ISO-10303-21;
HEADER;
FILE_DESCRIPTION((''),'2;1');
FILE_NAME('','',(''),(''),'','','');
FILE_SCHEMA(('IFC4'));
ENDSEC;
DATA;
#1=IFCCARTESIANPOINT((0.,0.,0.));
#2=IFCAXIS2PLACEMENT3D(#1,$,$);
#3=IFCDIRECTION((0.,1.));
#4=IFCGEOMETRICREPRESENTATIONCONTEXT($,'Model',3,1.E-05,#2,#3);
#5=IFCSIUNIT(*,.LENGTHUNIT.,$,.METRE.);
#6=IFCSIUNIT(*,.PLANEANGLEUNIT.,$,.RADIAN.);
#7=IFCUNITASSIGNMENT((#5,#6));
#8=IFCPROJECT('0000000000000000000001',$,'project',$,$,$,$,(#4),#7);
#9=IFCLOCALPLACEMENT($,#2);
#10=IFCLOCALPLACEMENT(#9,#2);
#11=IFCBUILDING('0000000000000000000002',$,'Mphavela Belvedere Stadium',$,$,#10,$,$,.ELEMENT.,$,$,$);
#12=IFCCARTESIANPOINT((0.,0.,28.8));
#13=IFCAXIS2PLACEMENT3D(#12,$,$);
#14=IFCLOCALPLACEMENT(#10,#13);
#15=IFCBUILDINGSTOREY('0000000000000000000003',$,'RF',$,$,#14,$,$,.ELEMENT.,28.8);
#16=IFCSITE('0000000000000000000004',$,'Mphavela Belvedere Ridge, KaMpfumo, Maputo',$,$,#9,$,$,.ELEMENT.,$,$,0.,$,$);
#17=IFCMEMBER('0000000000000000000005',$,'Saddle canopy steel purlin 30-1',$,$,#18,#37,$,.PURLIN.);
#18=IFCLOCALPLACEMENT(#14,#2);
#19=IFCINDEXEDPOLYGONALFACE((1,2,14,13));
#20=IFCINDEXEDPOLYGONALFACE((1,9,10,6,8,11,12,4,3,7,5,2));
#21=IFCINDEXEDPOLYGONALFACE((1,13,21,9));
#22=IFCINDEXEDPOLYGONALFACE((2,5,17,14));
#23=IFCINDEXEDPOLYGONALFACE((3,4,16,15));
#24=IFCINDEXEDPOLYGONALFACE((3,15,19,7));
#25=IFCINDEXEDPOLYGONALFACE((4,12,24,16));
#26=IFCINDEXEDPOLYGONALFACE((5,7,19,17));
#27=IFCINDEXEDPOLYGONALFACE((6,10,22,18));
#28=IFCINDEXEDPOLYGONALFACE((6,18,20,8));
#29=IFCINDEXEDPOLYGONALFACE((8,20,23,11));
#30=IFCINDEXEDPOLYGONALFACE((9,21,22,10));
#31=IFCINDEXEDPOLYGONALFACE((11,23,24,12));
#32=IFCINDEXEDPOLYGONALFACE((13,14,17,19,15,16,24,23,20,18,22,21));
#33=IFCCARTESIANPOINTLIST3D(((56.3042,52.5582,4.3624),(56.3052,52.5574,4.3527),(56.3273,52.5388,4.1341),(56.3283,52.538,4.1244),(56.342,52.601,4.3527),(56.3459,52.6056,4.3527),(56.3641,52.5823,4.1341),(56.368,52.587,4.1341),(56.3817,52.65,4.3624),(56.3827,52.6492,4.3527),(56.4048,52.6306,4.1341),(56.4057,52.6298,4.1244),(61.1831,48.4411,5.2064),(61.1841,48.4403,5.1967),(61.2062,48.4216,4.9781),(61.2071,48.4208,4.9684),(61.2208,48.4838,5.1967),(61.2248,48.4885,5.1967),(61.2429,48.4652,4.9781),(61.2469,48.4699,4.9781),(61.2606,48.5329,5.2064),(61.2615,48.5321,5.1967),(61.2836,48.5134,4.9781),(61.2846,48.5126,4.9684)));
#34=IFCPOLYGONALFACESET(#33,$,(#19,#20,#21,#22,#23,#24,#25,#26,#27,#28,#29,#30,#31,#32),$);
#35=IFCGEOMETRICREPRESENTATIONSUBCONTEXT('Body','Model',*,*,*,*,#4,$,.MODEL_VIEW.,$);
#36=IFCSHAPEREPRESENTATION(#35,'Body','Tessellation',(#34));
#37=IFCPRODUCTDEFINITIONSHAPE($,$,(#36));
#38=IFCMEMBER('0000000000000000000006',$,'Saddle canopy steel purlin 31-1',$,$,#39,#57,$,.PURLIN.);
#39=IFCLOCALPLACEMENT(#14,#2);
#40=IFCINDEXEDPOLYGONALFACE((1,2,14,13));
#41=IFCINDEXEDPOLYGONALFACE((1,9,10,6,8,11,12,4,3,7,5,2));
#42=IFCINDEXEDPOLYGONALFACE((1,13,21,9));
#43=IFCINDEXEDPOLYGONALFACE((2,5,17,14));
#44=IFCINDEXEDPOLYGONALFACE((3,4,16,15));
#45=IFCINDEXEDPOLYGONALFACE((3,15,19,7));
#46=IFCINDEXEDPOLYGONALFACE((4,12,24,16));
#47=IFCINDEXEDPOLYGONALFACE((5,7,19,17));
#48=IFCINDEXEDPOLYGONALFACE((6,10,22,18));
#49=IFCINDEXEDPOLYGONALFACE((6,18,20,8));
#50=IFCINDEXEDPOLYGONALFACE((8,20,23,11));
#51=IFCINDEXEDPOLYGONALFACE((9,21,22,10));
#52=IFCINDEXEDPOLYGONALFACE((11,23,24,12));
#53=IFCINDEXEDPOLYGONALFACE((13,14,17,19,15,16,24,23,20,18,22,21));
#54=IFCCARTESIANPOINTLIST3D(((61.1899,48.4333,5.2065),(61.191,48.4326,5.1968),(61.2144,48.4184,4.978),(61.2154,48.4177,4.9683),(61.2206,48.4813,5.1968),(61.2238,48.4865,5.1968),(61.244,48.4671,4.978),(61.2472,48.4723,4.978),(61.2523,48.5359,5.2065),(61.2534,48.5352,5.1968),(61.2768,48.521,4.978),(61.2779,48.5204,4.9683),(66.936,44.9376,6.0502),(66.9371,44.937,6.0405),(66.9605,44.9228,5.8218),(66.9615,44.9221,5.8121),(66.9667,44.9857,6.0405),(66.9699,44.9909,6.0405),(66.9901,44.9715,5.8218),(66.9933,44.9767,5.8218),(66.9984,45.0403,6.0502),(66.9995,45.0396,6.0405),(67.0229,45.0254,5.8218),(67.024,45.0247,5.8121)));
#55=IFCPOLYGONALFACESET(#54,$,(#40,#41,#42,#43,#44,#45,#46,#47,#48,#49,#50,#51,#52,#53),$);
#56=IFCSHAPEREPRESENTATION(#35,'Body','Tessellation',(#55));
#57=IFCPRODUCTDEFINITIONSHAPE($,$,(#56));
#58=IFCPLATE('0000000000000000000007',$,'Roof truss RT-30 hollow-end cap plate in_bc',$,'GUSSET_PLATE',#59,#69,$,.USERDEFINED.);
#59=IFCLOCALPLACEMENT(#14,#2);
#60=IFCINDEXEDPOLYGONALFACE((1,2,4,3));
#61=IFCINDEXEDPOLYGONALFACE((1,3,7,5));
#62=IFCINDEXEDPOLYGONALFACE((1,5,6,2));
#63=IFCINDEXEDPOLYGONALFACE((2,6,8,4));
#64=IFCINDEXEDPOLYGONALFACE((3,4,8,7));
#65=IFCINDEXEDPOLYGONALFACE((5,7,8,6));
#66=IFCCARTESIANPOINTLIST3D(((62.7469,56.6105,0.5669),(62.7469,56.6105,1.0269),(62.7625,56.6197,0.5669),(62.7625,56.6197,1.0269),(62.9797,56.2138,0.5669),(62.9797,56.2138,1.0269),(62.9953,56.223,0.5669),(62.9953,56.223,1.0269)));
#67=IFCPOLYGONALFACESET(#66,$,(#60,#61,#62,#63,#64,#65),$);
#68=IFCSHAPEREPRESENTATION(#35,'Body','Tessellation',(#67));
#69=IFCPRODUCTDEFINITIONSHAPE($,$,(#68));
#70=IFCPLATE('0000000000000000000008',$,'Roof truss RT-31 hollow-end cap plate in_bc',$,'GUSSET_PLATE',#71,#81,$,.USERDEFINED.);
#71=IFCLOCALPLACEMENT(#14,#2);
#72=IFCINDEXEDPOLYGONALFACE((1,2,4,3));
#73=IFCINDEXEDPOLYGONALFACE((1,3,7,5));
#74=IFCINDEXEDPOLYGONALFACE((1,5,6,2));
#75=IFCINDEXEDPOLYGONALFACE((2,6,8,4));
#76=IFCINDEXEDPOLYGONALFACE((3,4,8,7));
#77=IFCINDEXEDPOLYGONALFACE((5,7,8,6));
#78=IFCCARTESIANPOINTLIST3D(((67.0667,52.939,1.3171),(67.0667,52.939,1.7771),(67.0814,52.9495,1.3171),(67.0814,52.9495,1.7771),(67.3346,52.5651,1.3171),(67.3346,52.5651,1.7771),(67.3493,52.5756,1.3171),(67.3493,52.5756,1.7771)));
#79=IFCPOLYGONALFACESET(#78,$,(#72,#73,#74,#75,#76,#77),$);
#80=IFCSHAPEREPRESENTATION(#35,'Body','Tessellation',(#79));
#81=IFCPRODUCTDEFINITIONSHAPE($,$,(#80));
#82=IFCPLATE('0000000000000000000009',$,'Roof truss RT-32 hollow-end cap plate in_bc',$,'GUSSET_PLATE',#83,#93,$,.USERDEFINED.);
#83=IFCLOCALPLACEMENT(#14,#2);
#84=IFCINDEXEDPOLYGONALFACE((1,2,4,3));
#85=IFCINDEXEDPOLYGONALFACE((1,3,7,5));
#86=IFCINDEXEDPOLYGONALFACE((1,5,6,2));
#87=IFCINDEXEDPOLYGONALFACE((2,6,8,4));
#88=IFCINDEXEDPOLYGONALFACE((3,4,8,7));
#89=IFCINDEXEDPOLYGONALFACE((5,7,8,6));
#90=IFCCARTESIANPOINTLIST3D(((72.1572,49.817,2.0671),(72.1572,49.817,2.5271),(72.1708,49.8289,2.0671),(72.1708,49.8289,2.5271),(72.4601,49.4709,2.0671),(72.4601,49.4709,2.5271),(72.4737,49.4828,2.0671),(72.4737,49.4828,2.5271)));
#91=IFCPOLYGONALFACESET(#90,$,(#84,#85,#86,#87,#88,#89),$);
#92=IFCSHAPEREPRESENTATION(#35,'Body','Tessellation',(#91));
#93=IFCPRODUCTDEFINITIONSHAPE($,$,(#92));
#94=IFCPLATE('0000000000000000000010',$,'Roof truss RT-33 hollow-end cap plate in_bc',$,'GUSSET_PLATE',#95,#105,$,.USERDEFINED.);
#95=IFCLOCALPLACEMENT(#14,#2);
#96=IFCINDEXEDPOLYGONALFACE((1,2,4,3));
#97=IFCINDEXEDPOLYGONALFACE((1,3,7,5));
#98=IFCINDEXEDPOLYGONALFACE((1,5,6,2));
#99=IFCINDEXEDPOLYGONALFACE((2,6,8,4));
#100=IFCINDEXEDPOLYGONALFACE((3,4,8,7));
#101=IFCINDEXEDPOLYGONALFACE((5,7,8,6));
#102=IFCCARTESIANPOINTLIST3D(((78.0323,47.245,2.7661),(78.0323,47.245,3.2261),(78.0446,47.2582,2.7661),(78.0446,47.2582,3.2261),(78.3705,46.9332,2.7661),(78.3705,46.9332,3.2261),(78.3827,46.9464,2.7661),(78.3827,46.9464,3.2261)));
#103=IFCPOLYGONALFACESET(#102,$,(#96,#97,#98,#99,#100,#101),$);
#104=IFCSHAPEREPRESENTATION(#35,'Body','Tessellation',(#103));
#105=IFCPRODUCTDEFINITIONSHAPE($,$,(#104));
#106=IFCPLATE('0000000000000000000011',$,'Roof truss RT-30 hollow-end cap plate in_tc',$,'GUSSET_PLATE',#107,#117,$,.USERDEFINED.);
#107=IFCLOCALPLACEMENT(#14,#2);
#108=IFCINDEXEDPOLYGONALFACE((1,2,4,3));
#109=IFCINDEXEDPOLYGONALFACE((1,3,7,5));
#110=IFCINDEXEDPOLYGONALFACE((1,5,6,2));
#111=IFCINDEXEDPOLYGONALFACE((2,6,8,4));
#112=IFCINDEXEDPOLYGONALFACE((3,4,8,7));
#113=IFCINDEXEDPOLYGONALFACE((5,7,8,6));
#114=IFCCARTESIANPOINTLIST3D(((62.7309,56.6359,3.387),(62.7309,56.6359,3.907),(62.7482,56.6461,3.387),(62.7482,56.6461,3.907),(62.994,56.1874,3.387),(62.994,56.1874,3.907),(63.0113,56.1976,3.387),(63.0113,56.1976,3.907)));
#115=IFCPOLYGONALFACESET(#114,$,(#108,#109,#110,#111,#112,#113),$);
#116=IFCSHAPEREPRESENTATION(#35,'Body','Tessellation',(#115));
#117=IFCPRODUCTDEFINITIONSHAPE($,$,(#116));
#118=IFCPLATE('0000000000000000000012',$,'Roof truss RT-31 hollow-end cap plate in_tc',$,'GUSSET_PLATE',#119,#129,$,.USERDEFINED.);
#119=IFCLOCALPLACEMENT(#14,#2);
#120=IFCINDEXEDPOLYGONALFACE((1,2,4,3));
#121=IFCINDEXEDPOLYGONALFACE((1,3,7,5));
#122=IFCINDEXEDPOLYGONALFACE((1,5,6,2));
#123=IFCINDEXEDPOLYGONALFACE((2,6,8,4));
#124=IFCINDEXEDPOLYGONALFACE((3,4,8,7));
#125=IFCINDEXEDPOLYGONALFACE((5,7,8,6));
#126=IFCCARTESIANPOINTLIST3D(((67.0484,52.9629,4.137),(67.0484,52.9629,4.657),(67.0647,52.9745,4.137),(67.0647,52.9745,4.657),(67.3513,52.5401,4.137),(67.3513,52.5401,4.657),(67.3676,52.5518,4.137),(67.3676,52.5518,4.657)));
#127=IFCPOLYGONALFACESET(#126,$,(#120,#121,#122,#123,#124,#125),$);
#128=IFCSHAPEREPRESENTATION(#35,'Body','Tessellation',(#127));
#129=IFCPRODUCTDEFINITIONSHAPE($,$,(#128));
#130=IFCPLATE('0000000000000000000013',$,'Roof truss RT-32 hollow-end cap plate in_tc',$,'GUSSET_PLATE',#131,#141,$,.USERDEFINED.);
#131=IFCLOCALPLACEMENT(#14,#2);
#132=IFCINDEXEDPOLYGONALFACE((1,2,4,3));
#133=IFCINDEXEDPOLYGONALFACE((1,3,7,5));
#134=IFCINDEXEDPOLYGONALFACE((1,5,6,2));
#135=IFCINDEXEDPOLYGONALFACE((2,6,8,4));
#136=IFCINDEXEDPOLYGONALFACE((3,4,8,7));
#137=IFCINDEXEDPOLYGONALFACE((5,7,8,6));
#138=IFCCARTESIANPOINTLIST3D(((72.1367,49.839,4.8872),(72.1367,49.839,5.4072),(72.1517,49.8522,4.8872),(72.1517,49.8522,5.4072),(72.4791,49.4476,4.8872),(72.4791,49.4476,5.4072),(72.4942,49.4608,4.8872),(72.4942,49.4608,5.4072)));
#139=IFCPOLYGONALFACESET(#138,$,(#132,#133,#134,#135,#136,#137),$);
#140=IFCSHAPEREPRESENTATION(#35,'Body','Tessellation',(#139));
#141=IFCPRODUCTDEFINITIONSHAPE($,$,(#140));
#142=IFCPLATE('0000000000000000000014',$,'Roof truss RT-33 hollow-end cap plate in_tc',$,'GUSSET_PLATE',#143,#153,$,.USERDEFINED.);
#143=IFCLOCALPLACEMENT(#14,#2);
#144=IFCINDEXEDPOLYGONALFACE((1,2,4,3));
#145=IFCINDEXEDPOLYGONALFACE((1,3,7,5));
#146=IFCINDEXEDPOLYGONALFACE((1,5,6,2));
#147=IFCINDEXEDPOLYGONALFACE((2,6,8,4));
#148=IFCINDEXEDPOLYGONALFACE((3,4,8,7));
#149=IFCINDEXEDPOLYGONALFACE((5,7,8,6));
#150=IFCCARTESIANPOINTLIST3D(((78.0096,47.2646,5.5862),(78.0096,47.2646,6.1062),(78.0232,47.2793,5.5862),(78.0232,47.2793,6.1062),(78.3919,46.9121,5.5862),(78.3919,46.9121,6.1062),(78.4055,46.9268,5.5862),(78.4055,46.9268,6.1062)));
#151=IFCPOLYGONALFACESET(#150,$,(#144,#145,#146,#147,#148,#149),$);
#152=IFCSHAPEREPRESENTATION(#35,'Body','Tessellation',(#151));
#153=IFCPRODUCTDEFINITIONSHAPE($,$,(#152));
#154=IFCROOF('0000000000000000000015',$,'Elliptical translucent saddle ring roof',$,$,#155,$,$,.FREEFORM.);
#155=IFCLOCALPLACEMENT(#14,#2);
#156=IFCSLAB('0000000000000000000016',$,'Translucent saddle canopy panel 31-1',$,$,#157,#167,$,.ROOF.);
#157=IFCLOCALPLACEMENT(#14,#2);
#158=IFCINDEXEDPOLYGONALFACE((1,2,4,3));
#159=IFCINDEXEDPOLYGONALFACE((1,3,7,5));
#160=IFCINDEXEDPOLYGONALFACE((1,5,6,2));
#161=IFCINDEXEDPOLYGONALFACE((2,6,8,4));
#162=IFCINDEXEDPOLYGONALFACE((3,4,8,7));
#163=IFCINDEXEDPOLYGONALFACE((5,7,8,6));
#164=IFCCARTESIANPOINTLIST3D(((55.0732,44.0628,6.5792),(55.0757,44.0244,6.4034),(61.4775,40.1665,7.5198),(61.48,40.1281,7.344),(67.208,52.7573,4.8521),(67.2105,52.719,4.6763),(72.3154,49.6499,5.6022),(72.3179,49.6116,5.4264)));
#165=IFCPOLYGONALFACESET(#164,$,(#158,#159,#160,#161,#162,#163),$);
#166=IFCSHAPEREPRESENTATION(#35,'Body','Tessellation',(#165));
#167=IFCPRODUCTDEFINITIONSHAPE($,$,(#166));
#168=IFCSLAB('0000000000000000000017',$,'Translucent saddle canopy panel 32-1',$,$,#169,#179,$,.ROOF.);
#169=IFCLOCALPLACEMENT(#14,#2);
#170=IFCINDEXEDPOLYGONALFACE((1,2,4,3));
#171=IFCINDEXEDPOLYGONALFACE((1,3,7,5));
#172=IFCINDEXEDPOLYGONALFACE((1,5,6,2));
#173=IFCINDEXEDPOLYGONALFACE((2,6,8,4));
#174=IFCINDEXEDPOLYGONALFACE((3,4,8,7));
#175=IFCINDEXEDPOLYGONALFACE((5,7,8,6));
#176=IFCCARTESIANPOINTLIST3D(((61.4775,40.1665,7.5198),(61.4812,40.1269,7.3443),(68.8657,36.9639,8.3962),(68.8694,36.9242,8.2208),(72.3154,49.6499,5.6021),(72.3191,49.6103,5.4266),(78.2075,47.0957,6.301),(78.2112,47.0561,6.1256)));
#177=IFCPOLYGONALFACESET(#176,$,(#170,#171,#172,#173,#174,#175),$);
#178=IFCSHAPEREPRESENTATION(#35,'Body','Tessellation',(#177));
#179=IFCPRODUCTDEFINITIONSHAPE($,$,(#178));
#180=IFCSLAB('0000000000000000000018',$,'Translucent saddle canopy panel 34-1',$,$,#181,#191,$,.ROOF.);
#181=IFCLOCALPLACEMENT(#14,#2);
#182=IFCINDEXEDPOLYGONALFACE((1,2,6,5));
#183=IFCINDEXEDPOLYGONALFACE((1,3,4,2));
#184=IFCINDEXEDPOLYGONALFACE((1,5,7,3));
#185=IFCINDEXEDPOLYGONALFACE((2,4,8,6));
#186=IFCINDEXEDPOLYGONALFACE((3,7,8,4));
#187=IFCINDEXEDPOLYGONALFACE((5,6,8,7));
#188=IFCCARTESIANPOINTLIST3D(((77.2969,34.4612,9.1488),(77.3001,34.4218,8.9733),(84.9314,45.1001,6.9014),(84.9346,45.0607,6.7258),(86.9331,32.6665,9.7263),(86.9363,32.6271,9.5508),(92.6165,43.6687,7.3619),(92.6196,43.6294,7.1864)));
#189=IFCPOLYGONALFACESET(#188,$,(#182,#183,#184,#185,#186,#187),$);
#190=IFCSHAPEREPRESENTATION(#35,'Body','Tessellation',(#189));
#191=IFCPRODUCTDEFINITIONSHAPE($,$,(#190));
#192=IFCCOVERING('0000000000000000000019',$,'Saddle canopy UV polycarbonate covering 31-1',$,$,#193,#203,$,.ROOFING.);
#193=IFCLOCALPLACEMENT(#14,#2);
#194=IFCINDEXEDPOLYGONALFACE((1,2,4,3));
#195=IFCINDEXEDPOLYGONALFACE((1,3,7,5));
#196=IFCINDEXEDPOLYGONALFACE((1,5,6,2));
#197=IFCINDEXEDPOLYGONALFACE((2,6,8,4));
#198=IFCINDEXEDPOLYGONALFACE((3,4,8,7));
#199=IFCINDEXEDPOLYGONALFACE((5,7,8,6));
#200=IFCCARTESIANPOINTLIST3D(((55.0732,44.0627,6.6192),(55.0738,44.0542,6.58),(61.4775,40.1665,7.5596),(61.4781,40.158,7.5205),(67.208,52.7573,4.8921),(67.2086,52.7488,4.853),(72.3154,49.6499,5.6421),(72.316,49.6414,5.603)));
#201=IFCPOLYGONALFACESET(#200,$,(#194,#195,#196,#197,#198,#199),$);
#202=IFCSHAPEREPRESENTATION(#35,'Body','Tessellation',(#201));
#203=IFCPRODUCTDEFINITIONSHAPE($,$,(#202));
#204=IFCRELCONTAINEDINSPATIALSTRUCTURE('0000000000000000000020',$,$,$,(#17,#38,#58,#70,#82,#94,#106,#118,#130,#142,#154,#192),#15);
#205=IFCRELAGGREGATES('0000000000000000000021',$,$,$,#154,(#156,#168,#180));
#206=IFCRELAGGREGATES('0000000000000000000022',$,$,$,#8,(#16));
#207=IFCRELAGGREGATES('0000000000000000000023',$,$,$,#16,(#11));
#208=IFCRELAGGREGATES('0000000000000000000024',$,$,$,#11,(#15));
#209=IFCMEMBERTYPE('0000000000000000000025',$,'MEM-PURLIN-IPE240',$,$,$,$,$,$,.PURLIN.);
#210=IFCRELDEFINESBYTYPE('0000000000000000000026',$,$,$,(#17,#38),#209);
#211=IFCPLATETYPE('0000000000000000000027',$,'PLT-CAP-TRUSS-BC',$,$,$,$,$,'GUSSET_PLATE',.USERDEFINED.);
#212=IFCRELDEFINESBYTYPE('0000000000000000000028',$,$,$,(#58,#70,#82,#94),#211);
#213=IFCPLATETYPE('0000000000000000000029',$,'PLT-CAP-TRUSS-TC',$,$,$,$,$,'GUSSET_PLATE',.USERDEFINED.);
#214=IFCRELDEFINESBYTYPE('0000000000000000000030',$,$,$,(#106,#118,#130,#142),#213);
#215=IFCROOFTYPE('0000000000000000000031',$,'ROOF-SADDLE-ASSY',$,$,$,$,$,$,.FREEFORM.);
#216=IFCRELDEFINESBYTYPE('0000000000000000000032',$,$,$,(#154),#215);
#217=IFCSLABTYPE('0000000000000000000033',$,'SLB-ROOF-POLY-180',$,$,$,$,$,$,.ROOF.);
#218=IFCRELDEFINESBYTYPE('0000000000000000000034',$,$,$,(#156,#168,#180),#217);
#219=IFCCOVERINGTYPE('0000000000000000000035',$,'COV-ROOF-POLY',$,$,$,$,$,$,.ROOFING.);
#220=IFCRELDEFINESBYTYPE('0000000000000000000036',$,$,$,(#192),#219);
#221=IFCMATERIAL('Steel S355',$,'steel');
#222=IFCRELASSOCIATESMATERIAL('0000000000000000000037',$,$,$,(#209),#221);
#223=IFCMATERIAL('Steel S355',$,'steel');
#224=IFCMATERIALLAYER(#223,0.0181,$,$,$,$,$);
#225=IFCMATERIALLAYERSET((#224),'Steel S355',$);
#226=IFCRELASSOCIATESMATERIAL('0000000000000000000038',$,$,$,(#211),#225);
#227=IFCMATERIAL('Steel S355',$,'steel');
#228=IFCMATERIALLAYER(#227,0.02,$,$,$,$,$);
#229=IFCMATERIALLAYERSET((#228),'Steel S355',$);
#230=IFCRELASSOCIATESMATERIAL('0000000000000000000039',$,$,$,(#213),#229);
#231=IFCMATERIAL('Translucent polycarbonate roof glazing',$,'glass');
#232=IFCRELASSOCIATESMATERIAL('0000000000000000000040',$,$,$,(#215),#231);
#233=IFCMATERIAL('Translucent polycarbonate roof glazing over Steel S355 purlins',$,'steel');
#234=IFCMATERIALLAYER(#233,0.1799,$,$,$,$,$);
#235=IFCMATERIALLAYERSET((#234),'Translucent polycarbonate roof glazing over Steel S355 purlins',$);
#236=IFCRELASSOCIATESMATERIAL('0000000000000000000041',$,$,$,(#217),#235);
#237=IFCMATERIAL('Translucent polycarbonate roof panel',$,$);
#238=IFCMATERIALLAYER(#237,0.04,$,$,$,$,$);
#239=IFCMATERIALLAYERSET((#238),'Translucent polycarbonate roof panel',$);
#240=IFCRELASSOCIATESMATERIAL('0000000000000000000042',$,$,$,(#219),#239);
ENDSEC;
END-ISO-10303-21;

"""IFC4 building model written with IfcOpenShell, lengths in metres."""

from ifc_helpers import new_model, si_unit, direction, frame, origin, origin_2d, place, context, subcontext, project, spatial, polyline, rectangle, i_section, outline, extrude, material, layer, layer_set, material_profile, profile_set, type_object, element, aggregate, save


model = new_model("IFC4")

# Units and contexts
model_context = context("Model", 3, precision=1e-05, world=origin(), true_north=direction((0.0, 1.0)))
body_context = subcontext(model_context, "Body", "Model", "MODEL_VIEW")
ifc_project = project(units=[si_unit("LENGTHUNIT", "METRE"), si_unit("PLANEANGLEUNIT", "RADIAN")], contexts=[model_context])

# Site, building, storey
site_placement = place(None, origin())
site = spatial("IfcSite", under=ifc_project, at=site_placement, Name="Mphavela Belvedere Ridge, KaMpfumo, Maputo", CompositionType="ELEMENT", RefElevation=0.0)
building_placement = place(site_placement, origin())
building = spatial("IfcBuilding", under=site, at=building_placement, Name="Mphavela Belvedere Stadium", CompositionType="ELEMENT")
storey_placement = place(building_placement, frame((0.0, 0.0, 28.8)))
storey = spatial("IfcBuildingStorey", under=building, at=storey_placement, Name="RF", CompositionType="ELEMENT", Elevation=28.8)

# Members
ifc_material_1 = material(Name="Steel S355", Category="steel")
ifc_material_profile_1 = material_profile(ifc_material_1, i_section(OverallWidth=0.1201, OverallDepth=0.24, WebThickness=0.0061, FlangeThickness=0.0098, at=origin_2d()), Name="IPE 240")
ifc_profile_set_1 = profile_set([ifc_material_profile_1], Name="Steel S355")
member_type_1 = type_object("IfcMemberType", Name="MEM-PURLIN-IPE240", PredefinedType="PURLIN", material=ifc_profile_set_1)
member_1_placement = place(storey_placement, frame((56.355, 52.594, 4.2434), z_axis=(0.757652, -0.639364, 0.131065), x_axis=(0.644927, 0.764244, 0.0)))
element("IfcMember", 1, at=member_1_placement, inside=storey, type_object=member_type_1, Name="Saddle canopy steel purlin 30-1", PredefinedType="PURLIN", context=body_context, shape_type="SweptSolid", body=[
    extrude(i_section(OverallWidth=0.1201, OverallDepth=0.24, WebThickness=0.0061, FlangeThickness=0.0098, at=origin_2d()), origin(), (0.0, 0.0, 1.0), 6.4395),
])
member_2_placement = place(storey_placement, frame((61.2339, 48.4768, 5.0874), z_axis=(0.847688, -0.515686, 0.124473), x_axis=(0.519728, 0.854332, 0.0)))
element("IfcMember", 2, at=member_2_placement, inside=storey, type_object=member_type_1, Name="Saddle canopy steel purlin 31-1", PredefinedType="PURLIN", context=body_context, shape_type="SweptSolid", body=[
    extrude(i_section(OverallWidth=0.1201, OverallDepth=0.24, WebThickness=0.0061, FlangeThickness=0.0098, at=origin_2d()), origin(), (0.0, 0.0, 1.0), 6.7786),
])

# Plates
ifc_material_2 = material(Name="Steel S355", Category="steel")
ifc_layer_1 = layer(ifc_material_2, 0.0181)
ifc_layer_set_1 = layer_set([ifc_layer_1], Name="Steel S355")
plate_type_1 = type_object("IfcPlateType", Name="PLT-CAP-TRUSS-BC", ElementType="GUSSET_PLATE", PredefinedType="USERDEFINED", material=ifc_layer_set_1)
for number, where, z_axis, x_axis, name in (
    (3, (62.8711, 56.4167, 0.5669), (0.0, 0.0, 1.0), (-0.862514, -0.506034, 0.0), "Roof truss RT-30 hollow-end cap plate in_bc"),
    (4, (67.208, 52.7573, 1.3171), (0.0, 0.0, 1.0), (-0.812898, -0.582407, 0.0), "Roof truss RT-31 hollow-end cap plate in_bc"),
    (5, (72.3154, 49.6499, 2.0671), (0.0, 0.0, 1.0), (-0.75253, -0.658558, 0.0), "Roof truss RT-32 hollow-end cap plate in_bc"),
    (6, (78.2075, 47.0957, 2.7661), (0.0, 0.0, 1.0), (-0.677903, -0.735151, 0.0), "Roof truss RT-33 hollow-end cap plate in_bc"),
):
    element("IfcPlate", number, at=place(storey_placement, frame(where, z_axis=z_axis, x_axis=x_axis)), inside=storey, type_object=plate_type_1, Name=name, ObjectType="GUSSET_PLATE", PredefinedType="USERDEFINED", context=body_context, shape_type="SweptSolid", body=[
        extrude(rectangle(XDim=0.0181, YDim=0.46, at=origin_2d()), origin(), (0.0, 0.0, 1.0), 0.46),
    ])
ifc_material_3 = material(Name="Steel S355", Category="steel")
ifc_layer_2 = layer(ifc_material_3, 0.02)
ifc_layer_set_2 = layer_set([ifc_layer_2], Name="Steel S355")
plate_type_2 = type_object("IfcPlateType", Name="PLT-CAP-TRUSS-TC", ElementType="GUSSET_PLATE", PredefinedType="USERDEFINED", material=ifc_layer_set_2)
for number, where, z_axis, x_axis, name in (
    (7, (62.8711, 56.4167, 3.387), (0.0, 0.0, 1.0), (-0.862514, -0.506034, 0.0), "Roof truss RT-30 hollow-end cap plate in_tc"),
    (8, (67.208, 52.7573, 4.137), (0.0, 0.0, 1.0), (-0.812898, -0.582407, 0.0), "Roof truss RT-31 hollow-end cap plate in_tc"),
    (9, (72.3154, 49.6499, 4.8872), (0.0, 0.0, 1.0), (-0.75253, -0.658558, 0.0), "Roof truss RT-32 hollow-end cap plate in_tc"),
    (10, (78.2075, 47.0957, 5.5862), (0.0, 0.0, 1.0), (-0.677903, -0.735151, 0.0), "Roof truss RT-33 hollow-end cap plate in_tc"),
):
    element("IfcPlate", number, at=place(storey_placement, frame(where, z_axis=z_axis, x_axis=x_axis)), inside=storey, type_object=plate_type_2, Name=name, ObjectType="GUSSET_PLATE", PredefinedType="USERDEFINED", context=body_context, shape_type="SweptSolid", body=[
        extrude(rectangle(XDim=0.02, YDim=0.52, at=origin_2d()), origin(), (0.0, 0.0, 1.0), 0.52),
    ])

# Roof, slabs
ifc_material_4 = material(Name="Translucent polycarbonate roof glazing", Category="glass")
roof_type = type_object("IfcRoofType", Name="ROOF-SADDLE-ASSY", PredefinedType="FREEFORM", material=ifc_material_4)
roof_placement = place(storey_placement, origin())
roof = element("IfcRoof", 11, at=roof_placement, inside=storey, type_object=roof_type, Name="Elliptical translucent saddle ring roof", PredefinedType="FREEFORM")
ifc_material_5 = material(Name="Translucent polycarbonate roof glazing over Steel S355 purlins", Category="steel")
ifc_layer_3 = layer(ifc_material_5, 0.1799)
ifc_layer_set_3 = layer_set([ifc_layer_3], Name="Translucent polycarbonate roof glazing over Steel S355 purlins")
slab_type = type_object("IfcSlabType", Name="SLB-ROOF-POLY-180", PredefinedType="ROOF", material=ifc_layer_set_3)
slab_1_placement = place(storey_placement, frame((67.208, 52.7573, 4.8521), z_axis=(-0.01374, 0.213239, 0.976904), x_axis=(0.847661, -0.515724, 0.124495)))
slab_1 = element("IfcSlab", 12, at=slab_1_placement, type_object=slab_type, Name="Translucent saddle canopy panel 31-1", PredefinedType="ROOF", context=body_context, shape_type="SweptSolid", body=[
    extrude(outline(polyline([(0.0, 0.0), (6.0253, 0.0), (1.968, -13.9503), (-5.5872, -13.9504), (0.0, 0.0)])), origin(), (0.0, 0.0, -1.0), 0.1799),
])
slab_2_placement = place(storey_placement, frame((72.3154, 49.6499, 5.6021), z_axis=(-0.020197, 0.220292, 0.975225), x_axis=(0.912114, -0.395398, 0.108206)))
slab_2 = element("IfcSlab", 13, at=slab_2_placement, type_object=slab_type, Name="Translucent saddle canopy panel 32-1", PredefinedType="ROOF", context=body_context, shape_type="SweptSolid", body=[
    extrude(outline(polyline([(0.0, 0.0), (6.4598, 0.0), (2.1718, -13.2637), (-5.9282, -13.2638), (0.0, 0.0)])), origin(), (0.0, 0.0, -1.0), 0.1799),
])
slab_3_placement = place(storey_placement, frame((84.9314, 45.1001, 6.9014), z_axis=(-0.017716, 0.218809, 0.975607), x_axis=(0.981392, -0.182787, 0.058817)))
slab_3 = element("IfcSlab", 14, at=slab_3_placement, type_object=slab_type, Name="Translucent saddle canopy panel 34-1", PredefinedType="ROOF", context=body_context, shape_type="SweptSolid", body=[
    extrude(outline(polyline([(0.0, 0.0), (7.8308, 0.0), (4.4033, -12.1323), (-5.4156, -12.1324), (0.0, 0.0)])), origin(), (0.0, 0.0, -1.0), 0.1799),
])
aggregate(roof, [slab_1, slab_2, slab_3])

# Covering
ifc_material_6 = material(Name="Translucent polycarbonate roof panel")
ifc_layer_4 = layer(ifc_material_6, 0.04)
ifc_layer_set_4 = layer_set([ifc_layer_4], Name="Translucent polycarbonate roof panel")
covering_type = type_object("IfcCoveringType", Name="COV-ROOF-POLY", PredefinedType="ROOFING", material=ifc_layer_set_4)
covering_1_placement = place(storey_placement, frame((67.208, 52.7573, 4.8921), z_axis=(-0.013733, 0.213217, 0.976908), x_axis=(0.847662, -0.515728, 0.124478)))
element("IfcCovering", 15, at=covering_1_placement, inside=storey, type_object=covering_type, Name="Saddle canopy UV polycarbonate covering 31-1", PredefinedType="ROOFING", context=body_context, shape_type="SweptSolid", body=[
    extrude(outline(polyline([(0.0, 0.0), (6.0253, 0.0), (1.968, -13.9503), (-5.5872, -13.9504), (0.0, 0.0)])), origin(), (0.0, 0.0, -1.0), 0.04),
])

save(model, "model.ifc")
